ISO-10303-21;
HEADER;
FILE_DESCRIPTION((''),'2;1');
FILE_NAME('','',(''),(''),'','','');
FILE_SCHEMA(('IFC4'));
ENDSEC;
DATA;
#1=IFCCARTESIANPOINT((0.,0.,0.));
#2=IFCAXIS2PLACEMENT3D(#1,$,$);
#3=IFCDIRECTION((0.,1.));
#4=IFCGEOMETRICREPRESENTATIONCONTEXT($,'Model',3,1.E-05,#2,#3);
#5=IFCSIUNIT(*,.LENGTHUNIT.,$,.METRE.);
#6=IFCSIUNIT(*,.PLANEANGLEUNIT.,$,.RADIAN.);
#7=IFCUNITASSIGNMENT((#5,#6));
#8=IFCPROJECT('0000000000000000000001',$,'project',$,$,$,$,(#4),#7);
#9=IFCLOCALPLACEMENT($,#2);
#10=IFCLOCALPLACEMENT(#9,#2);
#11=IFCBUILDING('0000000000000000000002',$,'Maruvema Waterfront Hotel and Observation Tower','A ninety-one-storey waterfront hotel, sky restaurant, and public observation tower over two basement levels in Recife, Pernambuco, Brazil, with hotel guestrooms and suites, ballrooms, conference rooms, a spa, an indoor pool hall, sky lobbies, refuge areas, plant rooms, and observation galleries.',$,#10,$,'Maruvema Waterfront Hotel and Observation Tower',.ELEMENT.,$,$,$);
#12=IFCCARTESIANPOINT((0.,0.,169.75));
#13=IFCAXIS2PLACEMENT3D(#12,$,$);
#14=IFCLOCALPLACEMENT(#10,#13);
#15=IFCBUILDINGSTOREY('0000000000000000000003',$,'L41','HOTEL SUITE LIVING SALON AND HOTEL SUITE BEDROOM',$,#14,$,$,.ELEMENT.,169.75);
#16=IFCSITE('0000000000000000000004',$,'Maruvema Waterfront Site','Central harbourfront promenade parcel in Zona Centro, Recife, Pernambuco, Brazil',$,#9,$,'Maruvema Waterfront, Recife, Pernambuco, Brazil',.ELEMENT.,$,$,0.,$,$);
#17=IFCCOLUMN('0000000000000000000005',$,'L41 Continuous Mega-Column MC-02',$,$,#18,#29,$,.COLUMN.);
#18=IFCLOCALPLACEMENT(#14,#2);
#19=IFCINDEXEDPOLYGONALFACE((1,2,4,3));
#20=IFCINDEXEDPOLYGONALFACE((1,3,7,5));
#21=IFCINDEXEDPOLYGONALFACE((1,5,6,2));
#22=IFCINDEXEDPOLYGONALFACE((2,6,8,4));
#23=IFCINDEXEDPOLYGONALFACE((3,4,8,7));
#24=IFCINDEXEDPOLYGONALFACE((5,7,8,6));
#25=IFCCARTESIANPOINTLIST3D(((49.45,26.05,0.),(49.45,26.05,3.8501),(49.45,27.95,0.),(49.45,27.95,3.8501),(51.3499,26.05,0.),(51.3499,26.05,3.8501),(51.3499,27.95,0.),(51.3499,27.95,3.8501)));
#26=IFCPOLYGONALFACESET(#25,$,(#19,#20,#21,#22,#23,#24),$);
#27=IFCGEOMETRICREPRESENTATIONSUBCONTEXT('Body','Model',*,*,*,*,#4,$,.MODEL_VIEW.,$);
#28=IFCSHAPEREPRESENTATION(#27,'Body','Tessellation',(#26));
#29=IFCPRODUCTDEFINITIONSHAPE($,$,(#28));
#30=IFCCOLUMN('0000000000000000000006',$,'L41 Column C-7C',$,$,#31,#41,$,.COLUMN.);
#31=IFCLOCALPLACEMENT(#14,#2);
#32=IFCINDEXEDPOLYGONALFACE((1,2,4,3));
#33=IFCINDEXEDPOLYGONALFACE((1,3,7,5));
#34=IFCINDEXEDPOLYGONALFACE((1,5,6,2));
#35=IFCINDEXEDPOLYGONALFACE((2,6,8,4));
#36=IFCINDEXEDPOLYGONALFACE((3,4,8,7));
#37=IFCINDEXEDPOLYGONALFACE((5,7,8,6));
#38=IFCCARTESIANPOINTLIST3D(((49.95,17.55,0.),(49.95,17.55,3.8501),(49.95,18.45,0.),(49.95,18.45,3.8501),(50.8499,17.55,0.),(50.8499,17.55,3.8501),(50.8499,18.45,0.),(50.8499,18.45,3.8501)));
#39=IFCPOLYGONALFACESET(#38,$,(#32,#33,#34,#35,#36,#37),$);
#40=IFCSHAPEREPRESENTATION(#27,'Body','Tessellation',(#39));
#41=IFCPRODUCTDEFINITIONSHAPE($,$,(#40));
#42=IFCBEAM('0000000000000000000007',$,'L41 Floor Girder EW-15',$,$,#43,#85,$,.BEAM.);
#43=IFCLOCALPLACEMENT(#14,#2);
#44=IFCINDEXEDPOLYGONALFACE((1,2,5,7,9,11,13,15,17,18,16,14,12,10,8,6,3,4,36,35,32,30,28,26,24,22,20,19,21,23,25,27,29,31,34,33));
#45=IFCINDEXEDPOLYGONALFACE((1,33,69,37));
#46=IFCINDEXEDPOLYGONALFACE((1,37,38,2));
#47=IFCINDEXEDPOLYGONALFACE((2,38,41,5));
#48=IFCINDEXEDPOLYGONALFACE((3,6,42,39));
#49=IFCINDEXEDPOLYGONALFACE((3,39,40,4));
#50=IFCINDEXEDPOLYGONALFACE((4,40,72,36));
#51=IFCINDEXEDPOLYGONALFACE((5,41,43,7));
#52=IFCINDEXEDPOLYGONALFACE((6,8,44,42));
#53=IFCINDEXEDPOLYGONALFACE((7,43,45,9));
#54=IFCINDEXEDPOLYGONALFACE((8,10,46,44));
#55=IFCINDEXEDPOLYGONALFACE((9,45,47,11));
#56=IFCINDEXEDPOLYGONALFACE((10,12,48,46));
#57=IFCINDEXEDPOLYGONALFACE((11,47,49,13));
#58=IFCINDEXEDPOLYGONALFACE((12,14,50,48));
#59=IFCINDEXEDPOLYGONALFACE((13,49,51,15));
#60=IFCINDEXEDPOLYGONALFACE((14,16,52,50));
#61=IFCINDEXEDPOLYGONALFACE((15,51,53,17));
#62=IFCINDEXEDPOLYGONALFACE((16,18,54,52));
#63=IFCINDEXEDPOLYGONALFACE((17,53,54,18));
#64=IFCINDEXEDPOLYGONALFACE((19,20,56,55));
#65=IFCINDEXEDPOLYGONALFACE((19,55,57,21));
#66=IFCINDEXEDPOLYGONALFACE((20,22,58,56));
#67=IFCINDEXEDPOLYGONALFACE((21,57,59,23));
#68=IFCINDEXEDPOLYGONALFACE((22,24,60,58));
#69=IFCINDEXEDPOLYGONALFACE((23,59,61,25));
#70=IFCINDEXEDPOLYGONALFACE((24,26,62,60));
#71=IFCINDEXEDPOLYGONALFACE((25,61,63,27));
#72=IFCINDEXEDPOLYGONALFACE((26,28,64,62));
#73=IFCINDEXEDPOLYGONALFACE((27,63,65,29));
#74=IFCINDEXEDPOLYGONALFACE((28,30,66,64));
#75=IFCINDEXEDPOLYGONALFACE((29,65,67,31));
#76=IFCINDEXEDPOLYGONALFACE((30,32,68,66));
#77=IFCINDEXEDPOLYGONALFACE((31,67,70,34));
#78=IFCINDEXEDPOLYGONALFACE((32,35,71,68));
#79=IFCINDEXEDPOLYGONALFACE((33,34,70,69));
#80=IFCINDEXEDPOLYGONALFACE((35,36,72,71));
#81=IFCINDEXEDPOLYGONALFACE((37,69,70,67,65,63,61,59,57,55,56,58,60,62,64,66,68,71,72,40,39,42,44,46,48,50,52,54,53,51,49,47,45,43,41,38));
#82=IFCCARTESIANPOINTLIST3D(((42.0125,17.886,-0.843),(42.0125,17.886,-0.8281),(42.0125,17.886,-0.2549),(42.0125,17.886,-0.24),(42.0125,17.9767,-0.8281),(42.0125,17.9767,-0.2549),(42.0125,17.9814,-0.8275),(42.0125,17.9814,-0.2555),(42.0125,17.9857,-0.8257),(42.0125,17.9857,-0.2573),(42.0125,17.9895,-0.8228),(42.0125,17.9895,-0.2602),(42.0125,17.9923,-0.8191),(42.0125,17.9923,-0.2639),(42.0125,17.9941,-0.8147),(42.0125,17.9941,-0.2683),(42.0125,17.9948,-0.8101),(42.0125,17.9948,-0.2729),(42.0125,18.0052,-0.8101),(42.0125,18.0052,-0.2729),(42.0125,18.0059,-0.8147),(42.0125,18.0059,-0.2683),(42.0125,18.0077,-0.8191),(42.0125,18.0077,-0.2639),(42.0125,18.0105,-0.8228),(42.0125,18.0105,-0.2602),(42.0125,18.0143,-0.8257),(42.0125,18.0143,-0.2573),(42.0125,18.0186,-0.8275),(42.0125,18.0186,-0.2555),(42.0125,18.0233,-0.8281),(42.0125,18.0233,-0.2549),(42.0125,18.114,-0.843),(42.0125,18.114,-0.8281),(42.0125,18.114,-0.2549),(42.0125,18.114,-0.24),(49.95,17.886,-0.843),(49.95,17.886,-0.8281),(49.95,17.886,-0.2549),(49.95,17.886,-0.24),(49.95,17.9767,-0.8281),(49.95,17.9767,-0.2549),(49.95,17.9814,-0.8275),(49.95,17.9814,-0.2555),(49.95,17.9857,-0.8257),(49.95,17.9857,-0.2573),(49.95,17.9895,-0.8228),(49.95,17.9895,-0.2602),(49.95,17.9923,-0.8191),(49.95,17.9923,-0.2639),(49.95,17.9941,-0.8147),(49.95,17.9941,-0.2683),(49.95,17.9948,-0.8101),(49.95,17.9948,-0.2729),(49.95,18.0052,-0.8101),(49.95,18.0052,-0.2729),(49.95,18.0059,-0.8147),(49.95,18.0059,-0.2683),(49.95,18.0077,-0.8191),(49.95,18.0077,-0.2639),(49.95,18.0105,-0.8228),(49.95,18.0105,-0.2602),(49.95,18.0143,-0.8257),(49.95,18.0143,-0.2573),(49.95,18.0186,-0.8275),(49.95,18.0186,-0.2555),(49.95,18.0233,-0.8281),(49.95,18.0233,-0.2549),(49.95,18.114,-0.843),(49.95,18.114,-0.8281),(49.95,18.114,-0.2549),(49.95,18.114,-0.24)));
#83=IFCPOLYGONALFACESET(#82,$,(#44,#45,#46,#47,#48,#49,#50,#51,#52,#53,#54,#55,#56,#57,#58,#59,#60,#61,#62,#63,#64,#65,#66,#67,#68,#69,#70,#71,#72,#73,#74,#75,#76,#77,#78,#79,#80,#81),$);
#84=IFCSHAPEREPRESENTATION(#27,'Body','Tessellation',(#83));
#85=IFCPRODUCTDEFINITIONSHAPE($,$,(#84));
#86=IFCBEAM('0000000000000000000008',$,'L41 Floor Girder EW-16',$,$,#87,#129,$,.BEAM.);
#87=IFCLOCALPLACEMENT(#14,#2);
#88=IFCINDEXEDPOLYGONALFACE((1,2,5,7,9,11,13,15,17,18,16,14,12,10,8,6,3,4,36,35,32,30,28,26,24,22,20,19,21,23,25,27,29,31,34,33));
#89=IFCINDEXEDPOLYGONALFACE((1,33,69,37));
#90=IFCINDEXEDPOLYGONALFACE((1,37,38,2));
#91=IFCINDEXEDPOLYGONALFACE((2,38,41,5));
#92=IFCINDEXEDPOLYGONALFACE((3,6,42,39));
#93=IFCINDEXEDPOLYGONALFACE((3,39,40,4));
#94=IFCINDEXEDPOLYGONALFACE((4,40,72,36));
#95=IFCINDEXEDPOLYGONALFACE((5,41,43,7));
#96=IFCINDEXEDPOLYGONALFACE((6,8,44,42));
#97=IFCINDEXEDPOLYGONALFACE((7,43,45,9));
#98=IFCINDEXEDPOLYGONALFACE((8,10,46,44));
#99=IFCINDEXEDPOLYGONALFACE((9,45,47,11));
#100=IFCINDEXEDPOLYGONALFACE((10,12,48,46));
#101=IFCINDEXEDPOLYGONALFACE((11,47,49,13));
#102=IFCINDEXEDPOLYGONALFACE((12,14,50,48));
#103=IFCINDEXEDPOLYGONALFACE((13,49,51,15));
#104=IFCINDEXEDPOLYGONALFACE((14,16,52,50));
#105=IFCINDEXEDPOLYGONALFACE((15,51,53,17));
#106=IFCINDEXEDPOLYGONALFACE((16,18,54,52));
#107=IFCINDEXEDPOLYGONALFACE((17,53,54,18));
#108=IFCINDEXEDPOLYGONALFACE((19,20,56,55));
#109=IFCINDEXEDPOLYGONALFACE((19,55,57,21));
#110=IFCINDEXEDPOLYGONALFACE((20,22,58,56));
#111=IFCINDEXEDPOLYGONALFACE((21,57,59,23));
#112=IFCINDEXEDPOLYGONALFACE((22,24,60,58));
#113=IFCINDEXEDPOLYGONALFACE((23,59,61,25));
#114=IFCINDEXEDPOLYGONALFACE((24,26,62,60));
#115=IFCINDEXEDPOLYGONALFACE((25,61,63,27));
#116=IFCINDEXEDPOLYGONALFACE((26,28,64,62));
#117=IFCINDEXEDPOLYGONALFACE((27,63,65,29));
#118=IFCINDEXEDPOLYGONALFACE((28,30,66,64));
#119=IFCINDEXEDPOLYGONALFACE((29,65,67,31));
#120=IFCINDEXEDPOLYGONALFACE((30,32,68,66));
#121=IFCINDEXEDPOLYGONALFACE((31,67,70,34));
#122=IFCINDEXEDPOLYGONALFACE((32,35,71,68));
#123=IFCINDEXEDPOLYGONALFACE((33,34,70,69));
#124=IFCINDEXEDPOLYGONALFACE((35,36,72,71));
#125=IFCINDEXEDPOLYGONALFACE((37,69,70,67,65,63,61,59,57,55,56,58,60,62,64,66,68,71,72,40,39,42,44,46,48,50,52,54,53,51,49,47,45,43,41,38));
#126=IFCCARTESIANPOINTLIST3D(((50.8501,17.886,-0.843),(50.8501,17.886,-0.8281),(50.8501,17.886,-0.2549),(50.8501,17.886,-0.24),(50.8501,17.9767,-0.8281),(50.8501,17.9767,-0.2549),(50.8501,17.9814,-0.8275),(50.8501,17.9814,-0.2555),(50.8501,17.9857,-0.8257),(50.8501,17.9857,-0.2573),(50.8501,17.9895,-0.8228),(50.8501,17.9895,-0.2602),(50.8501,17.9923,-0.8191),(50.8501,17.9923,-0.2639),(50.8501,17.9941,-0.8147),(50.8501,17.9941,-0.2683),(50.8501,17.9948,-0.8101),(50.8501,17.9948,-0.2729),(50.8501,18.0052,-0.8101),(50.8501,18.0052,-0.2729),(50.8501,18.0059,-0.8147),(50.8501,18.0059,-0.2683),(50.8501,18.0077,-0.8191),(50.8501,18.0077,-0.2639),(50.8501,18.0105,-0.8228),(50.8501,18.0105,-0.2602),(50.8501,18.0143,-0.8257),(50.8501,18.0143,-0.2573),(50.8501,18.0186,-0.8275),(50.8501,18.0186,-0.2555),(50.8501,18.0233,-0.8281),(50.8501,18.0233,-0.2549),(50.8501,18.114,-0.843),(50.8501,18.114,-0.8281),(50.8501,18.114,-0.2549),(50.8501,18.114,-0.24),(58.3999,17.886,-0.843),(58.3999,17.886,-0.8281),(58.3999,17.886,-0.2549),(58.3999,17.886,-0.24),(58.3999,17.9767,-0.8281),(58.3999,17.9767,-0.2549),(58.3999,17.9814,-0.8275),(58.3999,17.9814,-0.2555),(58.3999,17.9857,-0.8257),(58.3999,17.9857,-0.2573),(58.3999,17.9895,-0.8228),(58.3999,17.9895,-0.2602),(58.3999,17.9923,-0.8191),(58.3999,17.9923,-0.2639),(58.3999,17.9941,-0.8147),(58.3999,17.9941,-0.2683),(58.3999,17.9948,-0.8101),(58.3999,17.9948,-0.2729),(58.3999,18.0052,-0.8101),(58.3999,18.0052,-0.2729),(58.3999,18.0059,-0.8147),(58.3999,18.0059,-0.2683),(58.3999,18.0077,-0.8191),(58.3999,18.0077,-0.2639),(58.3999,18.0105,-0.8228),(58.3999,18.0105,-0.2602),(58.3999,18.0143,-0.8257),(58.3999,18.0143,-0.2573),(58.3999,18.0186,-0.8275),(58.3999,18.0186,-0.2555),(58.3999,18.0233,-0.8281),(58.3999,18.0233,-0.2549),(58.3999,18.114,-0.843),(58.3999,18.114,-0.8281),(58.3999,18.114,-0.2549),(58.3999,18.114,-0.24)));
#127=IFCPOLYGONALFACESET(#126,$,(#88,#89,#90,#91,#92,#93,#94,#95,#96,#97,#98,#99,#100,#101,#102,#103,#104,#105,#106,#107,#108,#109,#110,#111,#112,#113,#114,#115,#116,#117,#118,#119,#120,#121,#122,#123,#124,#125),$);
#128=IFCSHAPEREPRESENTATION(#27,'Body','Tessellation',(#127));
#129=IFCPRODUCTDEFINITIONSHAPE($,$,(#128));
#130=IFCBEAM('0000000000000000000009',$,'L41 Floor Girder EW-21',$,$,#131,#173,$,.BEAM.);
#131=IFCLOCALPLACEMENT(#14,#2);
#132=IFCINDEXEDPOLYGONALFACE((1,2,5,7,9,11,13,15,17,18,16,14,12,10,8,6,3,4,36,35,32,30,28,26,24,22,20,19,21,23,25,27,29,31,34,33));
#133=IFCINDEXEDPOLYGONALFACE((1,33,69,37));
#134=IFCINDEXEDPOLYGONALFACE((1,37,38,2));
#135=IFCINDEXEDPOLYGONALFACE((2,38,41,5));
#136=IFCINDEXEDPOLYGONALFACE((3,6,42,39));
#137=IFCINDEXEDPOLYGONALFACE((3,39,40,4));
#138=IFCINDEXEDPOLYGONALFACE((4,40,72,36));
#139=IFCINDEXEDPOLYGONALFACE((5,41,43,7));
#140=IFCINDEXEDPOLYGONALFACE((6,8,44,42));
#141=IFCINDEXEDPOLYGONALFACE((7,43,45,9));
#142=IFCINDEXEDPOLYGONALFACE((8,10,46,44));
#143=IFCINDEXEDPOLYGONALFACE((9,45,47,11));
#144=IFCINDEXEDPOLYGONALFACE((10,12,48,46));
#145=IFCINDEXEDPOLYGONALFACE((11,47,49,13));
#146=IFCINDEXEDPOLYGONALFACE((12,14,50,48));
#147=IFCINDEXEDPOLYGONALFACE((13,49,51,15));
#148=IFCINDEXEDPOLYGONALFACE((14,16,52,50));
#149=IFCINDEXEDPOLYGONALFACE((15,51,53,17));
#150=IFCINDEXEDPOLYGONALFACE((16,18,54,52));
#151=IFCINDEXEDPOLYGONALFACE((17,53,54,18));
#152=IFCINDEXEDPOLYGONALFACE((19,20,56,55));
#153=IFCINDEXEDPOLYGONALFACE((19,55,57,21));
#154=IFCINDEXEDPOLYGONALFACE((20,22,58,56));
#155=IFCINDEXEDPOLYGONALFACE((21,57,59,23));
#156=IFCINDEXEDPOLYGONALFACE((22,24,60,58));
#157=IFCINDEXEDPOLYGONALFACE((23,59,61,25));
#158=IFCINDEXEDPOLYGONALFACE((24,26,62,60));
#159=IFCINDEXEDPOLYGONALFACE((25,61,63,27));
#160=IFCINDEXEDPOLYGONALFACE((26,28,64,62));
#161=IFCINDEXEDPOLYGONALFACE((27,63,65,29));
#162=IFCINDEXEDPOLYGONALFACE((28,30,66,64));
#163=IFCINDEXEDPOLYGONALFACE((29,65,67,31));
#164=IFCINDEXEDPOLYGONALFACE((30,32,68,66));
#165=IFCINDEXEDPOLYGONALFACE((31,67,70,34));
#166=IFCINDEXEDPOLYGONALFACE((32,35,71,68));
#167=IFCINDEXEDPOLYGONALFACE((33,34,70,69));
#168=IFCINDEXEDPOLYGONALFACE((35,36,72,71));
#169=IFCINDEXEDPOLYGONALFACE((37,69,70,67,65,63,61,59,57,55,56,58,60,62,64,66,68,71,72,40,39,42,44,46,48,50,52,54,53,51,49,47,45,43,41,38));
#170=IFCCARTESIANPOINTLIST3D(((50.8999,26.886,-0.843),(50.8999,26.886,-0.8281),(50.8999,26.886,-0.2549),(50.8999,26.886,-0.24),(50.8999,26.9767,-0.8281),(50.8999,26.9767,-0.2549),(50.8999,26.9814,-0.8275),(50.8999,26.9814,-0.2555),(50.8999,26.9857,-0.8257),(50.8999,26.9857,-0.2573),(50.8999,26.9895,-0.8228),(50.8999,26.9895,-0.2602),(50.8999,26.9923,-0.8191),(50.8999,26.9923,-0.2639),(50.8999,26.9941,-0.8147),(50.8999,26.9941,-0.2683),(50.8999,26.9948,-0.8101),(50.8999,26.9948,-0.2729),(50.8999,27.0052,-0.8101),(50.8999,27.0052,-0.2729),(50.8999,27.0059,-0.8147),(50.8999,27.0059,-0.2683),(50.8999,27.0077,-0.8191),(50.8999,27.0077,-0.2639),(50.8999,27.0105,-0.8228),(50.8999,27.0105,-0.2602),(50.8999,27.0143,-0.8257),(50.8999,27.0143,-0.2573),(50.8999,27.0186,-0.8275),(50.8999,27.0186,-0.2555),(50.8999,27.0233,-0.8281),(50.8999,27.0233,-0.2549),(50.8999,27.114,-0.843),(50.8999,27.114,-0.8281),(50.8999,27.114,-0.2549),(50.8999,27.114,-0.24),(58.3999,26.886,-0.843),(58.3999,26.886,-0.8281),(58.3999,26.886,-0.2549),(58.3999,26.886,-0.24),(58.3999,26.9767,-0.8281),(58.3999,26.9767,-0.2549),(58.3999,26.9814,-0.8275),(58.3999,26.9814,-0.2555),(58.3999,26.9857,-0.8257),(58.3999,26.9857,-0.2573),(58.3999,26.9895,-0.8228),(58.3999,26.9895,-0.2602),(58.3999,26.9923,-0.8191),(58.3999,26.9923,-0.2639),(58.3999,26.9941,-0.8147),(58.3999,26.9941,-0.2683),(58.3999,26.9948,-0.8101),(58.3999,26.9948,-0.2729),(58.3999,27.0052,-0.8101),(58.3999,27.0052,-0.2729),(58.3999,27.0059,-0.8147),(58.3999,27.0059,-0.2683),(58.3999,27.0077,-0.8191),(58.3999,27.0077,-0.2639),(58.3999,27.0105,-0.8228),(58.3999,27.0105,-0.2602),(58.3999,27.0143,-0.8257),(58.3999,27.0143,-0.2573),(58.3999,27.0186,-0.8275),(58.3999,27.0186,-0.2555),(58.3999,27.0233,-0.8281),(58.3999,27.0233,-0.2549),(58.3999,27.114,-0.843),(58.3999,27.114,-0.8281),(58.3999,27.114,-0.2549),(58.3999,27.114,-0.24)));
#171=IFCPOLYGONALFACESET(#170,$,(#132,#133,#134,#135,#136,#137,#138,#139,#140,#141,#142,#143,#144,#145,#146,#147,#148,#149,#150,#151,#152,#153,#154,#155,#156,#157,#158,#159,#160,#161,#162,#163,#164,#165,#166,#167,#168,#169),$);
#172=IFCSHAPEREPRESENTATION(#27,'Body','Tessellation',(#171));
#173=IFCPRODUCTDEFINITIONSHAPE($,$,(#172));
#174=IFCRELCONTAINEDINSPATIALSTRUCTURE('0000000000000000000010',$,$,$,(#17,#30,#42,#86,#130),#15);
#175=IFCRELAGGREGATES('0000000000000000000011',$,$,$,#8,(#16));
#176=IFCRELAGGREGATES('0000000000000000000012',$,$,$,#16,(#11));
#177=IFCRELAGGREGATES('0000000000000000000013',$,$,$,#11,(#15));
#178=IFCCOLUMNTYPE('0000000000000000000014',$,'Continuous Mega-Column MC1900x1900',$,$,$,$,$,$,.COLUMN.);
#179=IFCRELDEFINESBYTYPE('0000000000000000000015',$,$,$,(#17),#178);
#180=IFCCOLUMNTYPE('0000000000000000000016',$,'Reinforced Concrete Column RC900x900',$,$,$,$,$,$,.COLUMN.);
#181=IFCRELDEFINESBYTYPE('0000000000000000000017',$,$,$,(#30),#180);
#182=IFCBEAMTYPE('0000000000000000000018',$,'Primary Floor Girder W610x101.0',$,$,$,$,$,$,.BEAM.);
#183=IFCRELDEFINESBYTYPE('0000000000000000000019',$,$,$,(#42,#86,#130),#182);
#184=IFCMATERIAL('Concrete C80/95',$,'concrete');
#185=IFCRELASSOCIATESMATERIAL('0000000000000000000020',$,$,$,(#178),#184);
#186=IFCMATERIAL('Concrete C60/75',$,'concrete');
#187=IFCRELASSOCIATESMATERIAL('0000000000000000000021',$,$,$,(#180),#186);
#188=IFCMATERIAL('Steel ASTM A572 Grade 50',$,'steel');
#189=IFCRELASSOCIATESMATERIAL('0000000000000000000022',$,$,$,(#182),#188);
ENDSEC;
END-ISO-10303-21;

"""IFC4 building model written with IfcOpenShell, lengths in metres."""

from ifc_helpers import new_model, si_unit, direction, frame, origin, origin_2d, place, context, subcontext, project, spatial, rectangle, i_section, extrude, material, material_profile, profile_set, type_object, element, save


model = new_model("IFC4")

# Units and contexts
model_context = context("Model", 3, precision=1e-05, world=origin(), true_north=direction((0.0, 1.0)))
body_context = subcontext(model_context, "Body", "Model", "MODEL_VIEW")
ifc_project = project(units=[si_unit("LENGTHUNIT", "METRE"), si_unit("PLANEANGLEUNIT", "RADIAN")], contexts=[model_context])

# Site, building, storey
site_placement = place(None, origin())
site = spatial("IfcSite", under=ifc_project, at=site_placement, Name="Maruvema Waterfront Site", Description="Central harbourfront promenade parcel in Zona Centro, Recife, Pernambuco, Brazil", LongName="Maruvema Waterfront, Recife, Pernambuco, Brazil", CompositionType="ELEMENT", RefElevation=0.0)
building_placement = place(site_placement, origin())
building = spatial("IfcBuilding", under=site, at=building_placement, Name="Maruvema Waterfront Hotel and Observation Tower", Description="A ninety-one-storey waterfront hotel, sky restaurant, and public observation tower over two basement levels in Recife, Pernambuco, Brazil, with hotel guestrooms and suites, ballrooms, conference rooms, a spa, an indoor pool hall, sky lobbies, refuge areas, plant rooms, and observation galleries.", LongName="Maruvema Waterfront Hotel and Observation Tower", CompositionType="ELEMENT")
storey_placement = place(building_placement, frame((0.0, 0.0, 169.75)))
storey = spatial("IfcBuildingStorey", under=building, at=storey_placement, Name="L41", Description="HOTEL SUITE LIVING SALON AND HOTEL SUITE BEDROOM", CompositionType="ELEMENT", Elevation=169.75)

# Columns
ifc_material_1 = material(Name="Concrete C80/95", Category="concrete")
ifc_material_profile_1 = material_profile(ifc_material_1, rectangle(XDim=1.8999, YDim=1.8999, at=origin_2d()), Name="MC1900x1900")
ifc_profile_set_1 = profile_set([ifc_material_profile_1], Name="Concrete C80/95")
column_type_1 = type_object("IfcColumnType", Name="Continuous Mega-Column MC1900x1900", PredefinedType="COLUMN", material=ifc_profile_set_1)
column_1_placement = place(storey_placement, frame((50.3999, 27.0, 0.0), z_axis=(0.0, 0.0, 1.0), x_axis=(1.0, 0.0, 0.0)))
element("IfcColumn", 1, at=column_1_placement, inside=storey, type_object=column_type_1, Name="L41 Continuous Mega-Column MC-02", PredefinedType="COLUMN", context=body_context, shape_type="SweptSolid", body=[
    extrude(rectangle(XDim=1.8999, YDim=1.8999, at=origin_2d()), origin(), (0.0, 0.0, 1.0), 3.8501),
])
ifc_material_2 = material(Name="Concrete C60/75", Category="concrete")
ifc_material_profile_2 = material_profile(ifc_material_2, rectangle(XDim=0.8999, YDim=0.8999, at=origin_2d()), Name="RC900x900")
ifc_profile_set_2 = profile_set([ifc_material_profile_2], Name="Concrete C60/75")
column_type_2 = type_object("IfcColumnType", Name="Reinforced Concrete Column RC900x900", PredefinedType="COLUMN", material=ifc_profile_set_2)
column_2_placement = place(storey_placement, frame((50.3999, 18.0, 0.0), z_axis=(0.0, 0.0, 1.0), x_axis=(1.0, 0.0, 0.0)))
element("IfcColumn", 2, at=column_2_placement, inside=storey, type_object=column_type_2, Name="L41 Column C-7C", PredefinedType="COLUMN", context=body_context, shape_type="SweptSolid", body=[
    extrude(rectangle(XDim=0.8999, YDim=0.8999, at=origin_2d()), origin(), (0.0, 0.0, 1.0), 3.8501),
])

# Beams
ifc_material_3 = material(Name="Steel ASTM A572 Grade 50", Category="steel")
ifc_material_profile_3 = material_profile(ifc_material_3, i_section(OverallWidth=0.228, OverallDepth=0.603, WebThickness=0.0105, FlangeThickness=0.0149, FilletRadius=0.0181, at=origin_2d()), Name="W610x101.0")
ifc_profile_set_3 = profile_set([ifc_material_profile_3], Name="Steel ASTM A572 Grade 50")
beam_type = type_object("IfcBeamType", Name="Primary Floor Girder W610x101.0", PredefinedType="BEAM", material=ifc_profile_set_3)
beam_1_placement = place(storey_placement, frame((42.0125, 18.0, -0.5415), z_axis=(1.0, 0.0, 0.0), x_axis=(0.0, 1.0, 0.0)))
element("IfcBeam", 3, at=beam_1_placement, inside=storey, type_object=beam_type, Name="L41 Floor Girder EW-15", PredefinedType="BEAM", context=body_context, shape_type="SweptSolid", body=[
    extrude(i_section(OverallWidth=0.228, OverallDepth=0.603, WebThickness=0.0105, FlangeThickness=0.0149, FilletRadius=0.0181, at=origin_2d()), origin(), (0.0, 0.0, 1.0), 7.9375),
])
beam_2_placement = place(storey_placement, frame((50.8501, 18.0, -0.5415), z_axis=(1.0, 0.0, 0.0), x_axis=(0.0, 1.0, 0.0)))
element("IfcBeam", 4, at=beam_2_placement, inside=storey, type_object=beam_type, Name="L41 Floor Girder EW-16", PredefinedType="BEAM", context=body_context, shape_type="SweptSolid", body=[
    extrude(i_section(OverallWidth=0.228, OverallDepth=0.603, WebThickness=0.0105, FlangeThickness=0.0149, FilletRadius=0.0181, at=origin_2d()), origin(), (0.0, 0.0, 1.0), 7.5498),
])
beam_3_placement = place(storey_placement, frame((50.8999, 27.0, -0.5415), z_axis=(1.0, 0.0, 0.0), x_axis=(0.0, 1.0, 0.0)))
element("IfcBeam", 5, at=beam_3_placement, inside=storey, type_object=beam_type, Name="L41 Floor Girder EW-21", PredefinedType="BEAM", context=body_context, shape_type="SweptSolid", body=[
    extrude(i_section(OverallWidth=0.228, OverallDepth=0.603, WebThickness=0.0105, FlangeThickness=0.0149, FilletRadius=0.0181, at=origin_2d()), origin(), (0.0, 0.0, 1.0), 7.5),
])

save(model, "model.ifc")
